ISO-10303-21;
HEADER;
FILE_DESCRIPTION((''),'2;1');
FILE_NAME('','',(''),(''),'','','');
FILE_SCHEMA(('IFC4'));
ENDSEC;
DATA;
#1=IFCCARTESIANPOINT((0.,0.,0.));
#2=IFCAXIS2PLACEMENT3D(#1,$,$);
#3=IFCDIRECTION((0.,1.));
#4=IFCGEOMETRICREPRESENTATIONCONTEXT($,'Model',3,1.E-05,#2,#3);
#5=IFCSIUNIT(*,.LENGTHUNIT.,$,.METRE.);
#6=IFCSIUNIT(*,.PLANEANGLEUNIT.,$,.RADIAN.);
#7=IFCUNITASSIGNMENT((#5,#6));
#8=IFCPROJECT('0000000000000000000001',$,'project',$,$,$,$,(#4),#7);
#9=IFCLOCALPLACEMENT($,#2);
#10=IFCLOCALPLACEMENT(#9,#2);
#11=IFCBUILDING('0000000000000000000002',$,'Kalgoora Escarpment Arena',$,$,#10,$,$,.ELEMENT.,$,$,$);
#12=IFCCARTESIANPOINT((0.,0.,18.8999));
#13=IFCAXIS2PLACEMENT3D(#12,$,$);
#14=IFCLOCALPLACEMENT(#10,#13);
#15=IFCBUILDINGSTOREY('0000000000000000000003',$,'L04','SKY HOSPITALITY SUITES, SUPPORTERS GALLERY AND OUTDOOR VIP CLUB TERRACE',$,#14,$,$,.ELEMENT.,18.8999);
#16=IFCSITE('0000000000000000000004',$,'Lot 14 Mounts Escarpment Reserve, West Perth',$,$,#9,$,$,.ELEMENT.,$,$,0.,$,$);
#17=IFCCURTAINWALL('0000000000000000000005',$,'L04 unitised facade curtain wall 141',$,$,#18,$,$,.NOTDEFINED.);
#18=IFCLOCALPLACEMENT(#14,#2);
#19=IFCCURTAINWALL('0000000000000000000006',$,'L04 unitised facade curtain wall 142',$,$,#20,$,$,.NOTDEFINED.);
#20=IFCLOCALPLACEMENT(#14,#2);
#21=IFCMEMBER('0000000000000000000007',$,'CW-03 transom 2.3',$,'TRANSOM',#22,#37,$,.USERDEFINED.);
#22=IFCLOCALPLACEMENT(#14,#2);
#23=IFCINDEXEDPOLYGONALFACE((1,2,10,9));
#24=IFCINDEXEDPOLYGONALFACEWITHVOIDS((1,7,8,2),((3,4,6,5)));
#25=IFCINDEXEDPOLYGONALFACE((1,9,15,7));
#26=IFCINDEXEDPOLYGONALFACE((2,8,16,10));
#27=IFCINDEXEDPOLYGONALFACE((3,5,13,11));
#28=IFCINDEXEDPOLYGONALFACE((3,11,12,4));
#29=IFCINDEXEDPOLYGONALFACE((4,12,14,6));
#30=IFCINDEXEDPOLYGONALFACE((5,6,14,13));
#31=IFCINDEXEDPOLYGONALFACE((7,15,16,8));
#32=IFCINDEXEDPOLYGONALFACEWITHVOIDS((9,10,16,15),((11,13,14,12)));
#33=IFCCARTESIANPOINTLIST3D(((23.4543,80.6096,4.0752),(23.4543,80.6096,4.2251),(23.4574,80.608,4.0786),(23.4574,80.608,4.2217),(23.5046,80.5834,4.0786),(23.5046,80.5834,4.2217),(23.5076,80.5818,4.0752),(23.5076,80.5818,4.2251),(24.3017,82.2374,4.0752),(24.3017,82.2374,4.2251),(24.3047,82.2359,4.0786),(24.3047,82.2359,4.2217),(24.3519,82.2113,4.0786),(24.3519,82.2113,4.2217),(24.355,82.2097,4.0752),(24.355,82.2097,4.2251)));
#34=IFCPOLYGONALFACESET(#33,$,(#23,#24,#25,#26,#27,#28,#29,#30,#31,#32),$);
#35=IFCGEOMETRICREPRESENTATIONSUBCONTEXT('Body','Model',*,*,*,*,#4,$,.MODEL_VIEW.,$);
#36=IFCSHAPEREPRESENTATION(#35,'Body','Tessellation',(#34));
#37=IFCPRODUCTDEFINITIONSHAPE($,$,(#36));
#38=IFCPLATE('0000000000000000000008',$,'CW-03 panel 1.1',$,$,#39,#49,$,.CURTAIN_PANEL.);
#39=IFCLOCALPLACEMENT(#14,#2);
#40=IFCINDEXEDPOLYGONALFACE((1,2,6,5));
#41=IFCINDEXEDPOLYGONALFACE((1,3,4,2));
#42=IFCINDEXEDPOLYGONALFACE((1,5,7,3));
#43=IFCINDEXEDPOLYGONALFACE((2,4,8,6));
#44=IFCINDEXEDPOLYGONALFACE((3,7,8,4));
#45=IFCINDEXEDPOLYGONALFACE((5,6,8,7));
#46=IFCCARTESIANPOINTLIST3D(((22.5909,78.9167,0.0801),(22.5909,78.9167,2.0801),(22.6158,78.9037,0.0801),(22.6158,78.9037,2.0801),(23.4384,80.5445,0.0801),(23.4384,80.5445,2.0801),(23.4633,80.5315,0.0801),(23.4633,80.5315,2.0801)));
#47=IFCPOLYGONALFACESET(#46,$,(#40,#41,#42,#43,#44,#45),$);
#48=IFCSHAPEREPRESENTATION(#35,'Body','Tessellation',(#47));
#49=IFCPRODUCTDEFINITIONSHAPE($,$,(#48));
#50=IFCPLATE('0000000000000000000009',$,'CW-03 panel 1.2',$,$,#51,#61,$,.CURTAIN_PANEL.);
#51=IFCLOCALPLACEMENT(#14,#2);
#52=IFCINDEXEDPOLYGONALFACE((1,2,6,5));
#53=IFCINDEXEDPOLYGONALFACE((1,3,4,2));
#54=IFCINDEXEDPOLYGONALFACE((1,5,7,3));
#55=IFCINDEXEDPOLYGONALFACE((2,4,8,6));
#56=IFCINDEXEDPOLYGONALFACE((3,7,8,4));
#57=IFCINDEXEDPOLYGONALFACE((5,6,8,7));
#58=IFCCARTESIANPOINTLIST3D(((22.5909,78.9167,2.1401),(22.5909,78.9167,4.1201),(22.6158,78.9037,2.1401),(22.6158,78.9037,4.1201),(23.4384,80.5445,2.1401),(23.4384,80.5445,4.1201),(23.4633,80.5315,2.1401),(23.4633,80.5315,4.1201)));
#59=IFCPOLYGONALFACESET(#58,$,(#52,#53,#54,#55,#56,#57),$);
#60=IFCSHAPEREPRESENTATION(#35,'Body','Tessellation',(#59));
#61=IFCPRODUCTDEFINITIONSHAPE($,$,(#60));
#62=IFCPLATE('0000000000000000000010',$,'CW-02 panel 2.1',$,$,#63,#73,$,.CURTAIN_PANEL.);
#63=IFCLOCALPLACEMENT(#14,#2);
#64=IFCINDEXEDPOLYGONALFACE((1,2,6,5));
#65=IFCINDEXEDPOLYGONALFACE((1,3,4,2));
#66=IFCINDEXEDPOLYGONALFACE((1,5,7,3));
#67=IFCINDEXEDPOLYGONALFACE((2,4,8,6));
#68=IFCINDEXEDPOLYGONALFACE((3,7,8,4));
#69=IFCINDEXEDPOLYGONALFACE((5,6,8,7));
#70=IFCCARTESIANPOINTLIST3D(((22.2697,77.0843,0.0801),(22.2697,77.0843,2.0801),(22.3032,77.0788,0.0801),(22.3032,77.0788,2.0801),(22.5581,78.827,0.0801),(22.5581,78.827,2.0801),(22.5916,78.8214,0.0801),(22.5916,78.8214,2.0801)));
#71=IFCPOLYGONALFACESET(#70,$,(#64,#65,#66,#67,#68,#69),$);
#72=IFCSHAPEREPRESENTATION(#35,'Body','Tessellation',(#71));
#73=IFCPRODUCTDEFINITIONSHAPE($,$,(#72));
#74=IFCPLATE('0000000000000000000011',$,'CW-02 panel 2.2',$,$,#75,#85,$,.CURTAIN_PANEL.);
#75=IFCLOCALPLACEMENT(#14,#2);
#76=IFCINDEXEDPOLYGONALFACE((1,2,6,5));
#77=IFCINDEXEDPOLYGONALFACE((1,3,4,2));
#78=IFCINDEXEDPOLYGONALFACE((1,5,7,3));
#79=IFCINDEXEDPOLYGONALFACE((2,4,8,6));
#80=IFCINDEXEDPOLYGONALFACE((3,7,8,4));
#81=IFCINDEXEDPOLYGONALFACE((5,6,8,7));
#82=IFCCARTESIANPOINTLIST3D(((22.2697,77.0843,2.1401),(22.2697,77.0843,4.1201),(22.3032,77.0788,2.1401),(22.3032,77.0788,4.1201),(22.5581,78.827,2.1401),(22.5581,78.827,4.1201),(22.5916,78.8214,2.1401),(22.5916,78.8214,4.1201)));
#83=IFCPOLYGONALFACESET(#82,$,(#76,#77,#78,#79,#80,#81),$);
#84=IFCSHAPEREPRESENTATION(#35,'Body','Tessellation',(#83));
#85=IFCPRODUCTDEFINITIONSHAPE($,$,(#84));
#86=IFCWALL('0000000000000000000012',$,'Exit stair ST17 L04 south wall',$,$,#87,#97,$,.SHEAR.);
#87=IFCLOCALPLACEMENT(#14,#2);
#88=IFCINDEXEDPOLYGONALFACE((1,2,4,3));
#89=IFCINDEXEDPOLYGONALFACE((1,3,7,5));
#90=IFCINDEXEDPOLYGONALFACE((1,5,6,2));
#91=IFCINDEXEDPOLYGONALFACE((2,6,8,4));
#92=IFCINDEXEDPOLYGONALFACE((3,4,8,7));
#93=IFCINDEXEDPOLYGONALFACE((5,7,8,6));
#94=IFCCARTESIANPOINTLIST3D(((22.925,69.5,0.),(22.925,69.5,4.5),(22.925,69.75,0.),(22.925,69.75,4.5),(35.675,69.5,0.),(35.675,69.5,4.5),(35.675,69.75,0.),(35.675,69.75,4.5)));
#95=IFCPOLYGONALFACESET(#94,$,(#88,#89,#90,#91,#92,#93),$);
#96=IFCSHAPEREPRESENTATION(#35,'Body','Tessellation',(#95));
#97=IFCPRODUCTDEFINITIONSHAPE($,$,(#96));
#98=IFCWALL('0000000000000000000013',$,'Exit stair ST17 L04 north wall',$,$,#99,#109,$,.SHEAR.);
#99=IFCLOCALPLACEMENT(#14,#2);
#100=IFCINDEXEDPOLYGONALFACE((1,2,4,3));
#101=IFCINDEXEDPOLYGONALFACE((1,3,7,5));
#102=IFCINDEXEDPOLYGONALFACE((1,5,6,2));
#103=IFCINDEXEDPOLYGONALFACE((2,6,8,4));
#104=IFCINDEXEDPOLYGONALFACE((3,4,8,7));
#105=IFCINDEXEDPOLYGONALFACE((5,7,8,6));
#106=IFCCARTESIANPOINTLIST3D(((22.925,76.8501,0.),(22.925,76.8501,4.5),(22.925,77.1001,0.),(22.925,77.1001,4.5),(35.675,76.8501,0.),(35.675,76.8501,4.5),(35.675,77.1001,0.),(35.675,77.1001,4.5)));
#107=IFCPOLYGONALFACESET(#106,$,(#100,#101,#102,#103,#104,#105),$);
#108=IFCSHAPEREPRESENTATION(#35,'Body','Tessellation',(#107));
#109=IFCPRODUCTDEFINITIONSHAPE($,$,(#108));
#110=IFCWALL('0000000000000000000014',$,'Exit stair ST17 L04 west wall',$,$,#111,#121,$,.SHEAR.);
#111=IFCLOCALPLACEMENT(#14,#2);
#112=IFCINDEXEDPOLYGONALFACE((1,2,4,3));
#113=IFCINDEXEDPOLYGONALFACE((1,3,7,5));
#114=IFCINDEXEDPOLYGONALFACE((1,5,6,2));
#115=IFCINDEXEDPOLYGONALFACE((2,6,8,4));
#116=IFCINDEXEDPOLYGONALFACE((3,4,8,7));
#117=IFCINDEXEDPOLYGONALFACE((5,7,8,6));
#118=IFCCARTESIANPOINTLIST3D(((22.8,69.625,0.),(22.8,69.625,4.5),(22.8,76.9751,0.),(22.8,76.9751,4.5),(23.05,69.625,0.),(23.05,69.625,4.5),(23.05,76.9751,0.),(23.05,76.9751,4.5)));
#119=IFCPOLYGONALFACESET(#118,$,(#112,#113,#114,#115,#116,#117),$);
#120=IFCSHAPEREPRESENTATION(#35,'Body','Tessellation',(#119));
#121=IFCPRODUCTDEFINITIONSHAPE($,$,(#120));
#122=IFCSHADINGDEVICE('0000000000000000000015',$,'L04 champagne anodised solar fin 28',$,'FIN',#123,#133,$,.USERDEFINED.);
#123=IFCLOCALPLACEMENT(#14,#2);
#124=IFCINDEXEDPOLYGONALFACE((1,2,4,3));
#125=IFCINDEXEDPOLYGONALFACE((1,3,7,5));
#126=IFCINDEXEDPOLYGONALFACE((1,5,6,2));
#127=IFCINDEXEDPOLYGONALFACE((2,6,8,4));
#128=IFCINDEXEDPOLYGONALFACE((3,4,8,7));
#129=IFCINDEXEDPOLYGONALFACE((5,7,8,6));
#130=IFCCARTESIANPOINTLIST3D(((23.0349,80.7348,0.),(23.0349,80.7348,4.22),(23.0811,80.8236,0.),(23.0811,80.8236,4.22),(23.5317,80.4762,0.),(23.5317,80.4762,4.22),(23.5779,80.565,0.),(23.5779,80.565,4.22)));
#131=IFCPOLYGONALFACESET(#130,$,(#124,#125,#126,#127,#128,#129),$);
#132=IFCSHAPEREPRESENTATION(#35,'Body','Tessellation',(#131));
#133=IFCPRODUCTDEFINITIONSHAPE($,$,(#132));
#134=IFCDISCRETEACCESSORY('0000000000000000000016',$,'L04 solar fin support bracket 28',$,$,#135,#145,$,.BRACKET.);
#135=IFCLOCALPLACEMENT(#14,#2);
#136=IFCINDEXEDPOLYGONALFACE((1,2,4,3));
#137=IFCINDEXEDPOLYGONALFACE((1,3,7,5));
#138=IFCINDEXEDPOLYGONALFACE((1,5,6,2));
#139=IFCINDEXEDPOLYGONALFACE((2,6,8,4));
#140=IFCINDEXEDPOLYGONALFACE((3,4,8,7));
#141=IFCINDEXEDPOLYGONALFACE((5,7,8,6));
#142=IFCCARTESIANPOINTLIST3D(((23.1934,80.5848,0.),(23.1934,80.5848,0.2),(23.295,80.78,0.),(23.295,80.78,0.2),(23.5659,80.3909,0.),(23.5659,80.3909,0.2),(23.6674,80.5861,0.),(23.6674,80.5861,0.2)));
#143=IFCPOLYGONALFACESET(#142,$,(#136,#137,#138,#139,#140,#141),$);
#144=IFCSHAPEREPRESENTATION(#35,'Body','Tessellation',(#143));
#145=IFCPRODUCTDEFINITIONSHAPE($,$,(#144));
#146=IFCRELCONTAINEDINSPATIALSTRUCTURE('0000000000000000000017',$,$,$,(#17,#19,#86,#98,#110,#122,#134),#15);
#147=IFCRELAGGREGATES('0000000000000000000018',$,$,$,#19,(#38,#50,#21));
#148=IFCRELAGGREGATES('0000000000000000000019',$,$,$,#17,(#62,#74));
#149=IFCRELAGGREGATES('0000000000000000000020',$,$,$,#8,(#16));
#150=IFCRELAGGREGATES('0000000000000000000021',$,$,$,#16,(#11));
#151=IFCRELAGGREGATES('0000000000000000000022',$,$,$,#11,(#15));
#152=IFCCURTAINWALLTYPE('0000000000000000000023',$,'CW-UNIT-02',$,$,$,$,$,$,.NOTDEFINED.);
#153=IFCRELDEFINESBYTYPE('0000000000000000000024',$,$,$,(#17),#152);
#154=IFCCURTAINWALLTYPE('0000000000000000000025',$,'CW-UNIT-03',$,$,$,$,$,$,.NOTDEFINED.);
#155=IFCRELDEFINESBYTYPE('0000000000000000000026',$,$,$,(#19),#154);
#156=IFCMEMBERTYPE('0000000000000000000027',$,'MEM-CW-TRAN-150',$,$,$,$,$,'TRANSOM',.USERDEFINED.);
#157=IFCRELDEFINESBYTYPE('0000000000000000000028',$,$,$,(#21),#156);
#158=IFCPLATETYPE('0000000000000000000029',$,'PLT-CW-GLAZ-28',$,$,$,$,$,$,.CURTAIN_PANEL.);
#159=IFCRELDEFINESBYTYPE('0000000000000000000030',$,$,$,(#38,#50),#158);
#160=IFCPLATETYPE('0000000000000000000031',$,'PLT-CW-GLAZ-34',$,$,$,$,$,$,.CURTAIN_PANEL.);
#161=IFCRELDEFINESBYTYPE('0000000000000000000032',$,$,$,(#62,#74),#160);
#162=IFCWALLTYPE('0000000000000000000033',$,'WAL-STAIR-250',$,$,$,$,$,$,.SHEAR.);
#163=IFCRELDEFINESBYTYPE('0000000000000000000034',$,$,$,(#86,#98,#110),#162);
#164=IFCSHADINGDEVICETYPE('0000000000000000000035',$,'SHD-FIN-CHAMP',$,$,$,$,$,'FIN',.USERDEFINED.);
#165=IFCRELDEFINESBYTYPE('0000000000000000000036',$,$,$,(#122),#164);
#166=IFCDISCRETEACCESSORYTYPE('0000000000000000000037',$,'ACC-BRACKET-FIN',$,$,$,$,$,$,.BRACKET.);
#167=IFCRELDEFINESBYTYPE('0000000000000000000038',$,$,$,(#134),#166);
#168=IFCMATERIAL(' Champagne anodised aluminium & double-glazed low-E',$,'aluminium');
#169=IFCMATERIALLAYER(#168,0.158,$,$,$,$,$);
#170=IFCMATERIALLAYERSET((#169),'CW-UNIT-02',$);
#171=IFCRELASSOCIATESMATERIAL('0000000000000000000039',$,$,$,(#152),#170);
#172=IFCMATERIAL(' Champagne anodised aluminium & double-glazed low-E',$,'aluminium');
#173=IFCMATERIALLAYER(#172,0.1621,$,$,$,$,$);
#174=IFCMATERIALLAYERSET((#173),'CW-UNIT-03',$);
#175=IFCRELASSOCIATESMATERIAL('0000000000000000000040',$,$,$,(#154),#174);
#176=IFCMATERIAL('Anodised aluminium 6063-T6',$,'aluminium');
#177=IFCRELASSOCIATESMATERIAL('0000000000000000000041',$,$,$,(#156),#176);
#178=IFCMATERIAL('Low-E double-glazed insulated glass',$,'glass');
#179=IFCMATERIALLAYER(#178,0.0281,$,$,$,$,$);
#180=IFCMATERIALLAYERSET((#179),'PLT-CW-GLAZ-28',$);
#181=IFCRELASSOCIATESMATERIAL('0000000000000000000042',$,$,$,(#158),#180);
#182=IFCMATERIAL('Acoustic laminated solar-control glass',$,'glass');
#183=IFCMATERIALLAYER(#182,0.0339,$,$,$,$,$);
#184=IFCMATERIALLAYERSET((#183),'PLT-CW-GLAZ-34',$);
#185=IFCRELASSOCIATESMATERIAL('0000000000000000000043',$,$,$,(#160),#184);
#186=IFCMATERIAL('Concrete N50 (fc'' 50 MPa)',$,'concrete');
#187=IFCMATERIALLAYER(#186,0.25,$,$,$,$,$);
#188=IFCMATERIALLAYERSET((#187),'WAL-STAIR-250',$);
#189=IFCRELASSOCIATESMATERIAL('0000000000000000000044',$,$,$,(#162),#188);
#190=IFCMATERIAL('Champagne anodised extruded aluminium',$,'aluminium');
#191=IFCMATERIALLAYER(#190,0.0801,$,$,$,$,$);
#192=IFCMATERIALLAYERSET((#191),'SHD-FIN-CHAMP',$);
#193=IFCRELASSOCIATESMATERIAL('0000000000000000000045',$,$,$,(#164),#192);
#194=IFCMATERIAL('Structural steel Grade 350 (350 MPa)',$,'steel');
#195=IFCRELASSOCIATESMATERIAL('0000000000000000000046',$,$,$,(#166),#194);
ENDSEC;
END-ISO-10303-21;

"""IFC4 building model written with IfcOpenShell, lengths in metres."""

from ifc_helpers import new_model, si_unit, direction, frame, frame_2d, origin, origin_2d, place, context, subcontext, project, spatial, rectangle, hollow_rectangle, extrude, material, layer, layer_set, material_profile, profile_set, type_object, element, aggregate, save


model = new_model("IFC4")

# Units and contexts
model_context = context("Model", 3, precision=1e-05, world=origin(), true_north=direction((0.0, 1.0)))
body_context = subcontext(model_context, "Body", "Model", "MODEL_VIEW")
ifc_project = project(units=[si_unit("LENGTHUNIT", "METRE"), si_unit("PLANEANGLEUNIT", "RADIAN")], contexts=[model_context])

# Site, building, storey
site_placement = place(None, origin())
site = spatial("IfcSite", under=ifc_project, at=site_placement, Name="Lot 14 Mounts Escarpment Reserve, West Perth", CompositionType="ELEMENT", RefElevation=0.0)
building_placement = place(site_placement, origin())
building = spatial("IfcBuilding", under=site, at=building_placement, Name="Kalgoora Escarpment Arena", CompositionType="ELEMENT")
storey_placement = place(building_placement, frame((0.0, 0.0, 18.8999)))
storey = spatial("IfcBuildingStorey", under=building, at=storey_placement, Name="L04", Description="SKY HOSPITALITY SUITES, SUPPORTERS GALLERY AND OUTDOOR VIP CLUB TERRACE", CompositionType="ELEMENT", Elevation=18.8999)

# Curtain wall
ifc_material_1 = material(Name=" Champagne anodised aluminium & double-glazed low-E", Category="aluminium")
ifc_layer_1 = layer(ifc_material_1, 0.158)
ifc_layer_set_1 = layer_set([ifc_layer_1], Name="CW-UNIT-02")
curtain_wall_type_1 = type_object("IfcCurtainWallType", Name="CW-UNIT-02", PredefinedType="NOTDEFINED", material=ifc_layer_set_1)
curtain_wall_1_placement = place(storey_placement, origin())
curtain_wall_1 = element("IfcCurtainWall", 1, at=curtain_wall_1_placement, inside=storey, type_object=curtain_wall_type_1, Name="L04 unitised facade curtain wall 141", PredefinedType="NOTDEFINED")

# Curtain wall, member, plates
ifc_material_2 = material(Name=" Champagne anodised aluminium & double-glazed low-E", Category="aluminium")
ifc_layer_2 = layer(ifc_material_2, 0.1621)
ifc_layer_set_2 = layer_set([ifc_layer_2], Name="CW-UNIT-03")
curtain_wall_type_2 = type_object("IfcCurtainWallType", Name="CW-UNIT-03", PredefinedType="NOTDEFINED", material=ifc_layer_set_2)
curtain_wall_2_placement = place(storey_placement, origin())
curtain_wall_2 = element("IfcCurtainWall", 2, at=curtain_wall_2_placement, inside=storey, type_object=curtain_wall_type_2, Name="L04 unitised facade curtain wall 142", PredefinedType="NOTDEFINED")
ifc_material_3 = material(Name="Anodised aluminium 6063-T6", Category="aluminium")
ifc_material_profile_1 = material_profile(ifc_material_3, hollow_rectangle(XDim=0.0601, YDim=0.1499, WallThickness=0.0034, at=origin_2d()))
ifc_profile_set_1 = profile_set([ifc_material_profile_1], Name="Anodised aluminium 6063-T6")
member_type_1 = type_object("IfcMemberType", Name="MEM-CW-TRAN-150", ElementType="TRANSOM", PredefinedType="USERDEFINED", material=ifc_profile_set_1)
member_1_placement = place(storey_placement, frame((23.481, 80.5957, 4.1501), z_axis=(0.461734, 0.887019, 0.0), x_axis=(-0.887019, 0.461734, 0.0)))
member_1 = element("IfcMember", 3, at=member_1_placement, type_object=member_type_1, Name="CW-03 transom 2.3", ObjectType="TRANSOM", PredefinedType="USERDEFINED", context=body_context, shape_type="SweptSolid", body=[
    extrude(hollow_rectangle(XDim=0.0601, YDim=0.1499, WallThickness=0.0034, at=origin_2d()), origin(), (0.0, 0.0, 1.0), 1.8352),
])
ifc_material_4 = material(Name="Low-E double-glazed insulated glass", Category="glass")
ifc_layer_3 = layer(ifc_material_4, 0.0281)
ifc_layer_set_3 = layer_set([ifc_layer_3], Name="PLT-CW-GLAZ-28")
plate_type_1 = type_object("IfcPlateType", Name="PLT-CW-GLAZ-28", PredefinedType="CURTAIN_PANEL", material=ifc_layer_set_3)
plate_1_placement = place(storey_placement, frame((23.0271, 79.7241, 0.0801), z_axis=(0.0, 0.0, 1.0), x_axis=(0.461806, 0.886981, 0.0)))
plate_1 = element("IfcPlate", 4, at=plate_1_placement, type_object=plate_type_1, Name="CW-03 panel 1.1", PredefinedType="CURTAIN_PANEL", context=body_context, shape_type="SweptSolid", body=[
    extrude(rectangle(XDim=1.8352, YDim=0.0281, at=origin_2d()), origin(), (0.0, 0.0, 1.0), 2.0),
])
plate_2_placement = place(storey_placement, frame((23.0271, 79.7241, 2.1401), z_axis=(0.0, 0.0, 1.0), x_axis=(0.461806, 0.886981, 0.0)))
plate_2 = element("IfcPlate", 5, at=plate_2_placement, type_object=plate_type_1, Name="CW-03 panel 1.2", PredefinedType="CURTAIN_PANEL", context=body_context, shape_type="SweptSolid", body=[
    extrude(rectangle(XDim=1.8352, YDim=0.0281, at=origin_2d()), origin(), (0.0, 0.0, 1.0), 1.98),
])
aggregate(curtain_wall_2, [plate_1, plate_2, member_1])

# Plates
ifc_material_5 = material(Name="Acoustic laminated solar-control glass", Category="glass")
ifc_layer_4 = layer(ifc_material_5, 0.0339)
ifc_layer_set_4 = layer_set([ifc_layer_4], Name="PLT-CW-GLAZ-34")
plate_type_2 = type_object("IfcPlateType", Name="PLT-CW-GLAZ-34", PredefinedType="CURTAIN_PANEL", material=ifc_layer_set_4)
plate_3_placement = place(storey_placement, frame((22.4307, 77.9529, 0.0801), z_axis=(0.0, 0.0, 1.0), x_axis=(0.163263, 0.986583, 0.0)))
plate_3 = element("IfcPlate", 6, at=plate_3_placement, type_object=plate_type_2, Name="CW-02 panel 2.1", PredefinedType="CURTAIN_PANEL", context=body_context, shape_type="SweptSolid", body=[
    extrude(rectangle(XDim=1.7664, YDim=0.0339, at=origin_2d()), origin(), (0.0, 0.0, 1.0), 2.0),
])
plate_4_placement = place(storey_placement, frame((22.4307, 77.9529, 2.1401), z_axis=(0.0, 0.0, 1.0), x_axis=(0.163263, 0.986583, 0.0)))
plate_4 = element("IfcPlate", 7, at=plate_4_placement, type_object=plate_type_2, Name="CW-02 panel 2.2", PredefinedType="CURTAIN_PANEL", context=body_context, shape_type="SweptSolid", body=[
    extrude(rectangle(XDim=1.7664, YDim=0.0339, at=origin_2d()), origin(), (0.0, 0.0, 1.0), 1.98),
])
aggregate(curtain_wall_1, [plate_3, plate_4])

# Walls
ifc_material_6 = material(Name="Concrete N50 (fc' 50 MPa)", Category="concrete")
ifc_layer_5 = layer(ifc_material_6, 0.25)
ifc_layer_set_5 = layer_set([ifc_layer_5], Name="WAL-STAIR-250")
wall_type = type_object("IfcWallType", Name="WAL-STAIR-250", PredefinedType="SHEAR", material=ifc_layer_set_5)
for number, where, z_axis, x_axis, name in (
    (8, (22.925, 69.625, 0.0), (0.0, 0.0, 1.0), (1.0, 0.0, 0.0), "Exit stair ST17 L04 south wall"),
    (9, (22.925, 76.9751, 0.0), (0.0, 0.0, 1.0), (1.0, 0.0, 0.0), "Exit stair ST17 L04 north wall"),
):
    element("IfcWall", number, at=place(storey_placement, frame(where, z_axis=z_axis, x_axis=x_axis)), inside=storey, type_object=wall_type, Name=name, PredefinedType="SHEAR", context=body_context, shape_type="SweptSolid", body=[
        extrude(rectangle(XDim=12.75, YDim=0.25, at=frame_2d((6.375, 0.0))), origin(), (0.0, 0.0, 1.0), 4.5),
    ])
wall_placement = place(storey_placement, frame((22.925, 69.625, 0.0), z_axis=(0.0, 0.0, 1.0), x_axis=(0.0, 1.0, 0.0)))
element("IfcWall", 10, at=wall_placement, inside=storey, type_object=wall_type, Name="Exit stair ST17 L04 west wall", PredefinedType="SHEAR", context=body_context, shape_type="SweptSolid", body=[
    extrude(rectangle(XDim=7.3501, YDim=0.25, at=frame_2d((3.675, 0.0))), origin(), (0.0, 0.0, 1.0), 4.5),
])

# Shading device
ifc_material_7 = material(Name="Champagne anodised extruded aluminium", Category="aluminium")
ifc_layer_6 = layer(ifc_material_7, 0.0801)
ifc_layer_set_6 = layer_set([ifc_layer_6], Name="SHD-FIN-CHAMP")
shading_device_type = type_object("IfcShadingDeviceType", Name="SHD-FIN-CHAMP", ElementType="FIN", PredefinedType="USERDEFINED", material=ifc_layer_set_6)
shading_device_placement = place(storey_placement, frame((23.3064, 80.6499, 0.0), z_axis=(0.0, 0.0, 1.0), x_axis=(-0.887011, 0.461749, 0.0)))
element("IfcShadingDevice", 11, at=shading_device_placement, inside=storey, type_object=shading_device_type, Name="L04 champagne anodised solar fin 28", ObjectType="FIN", PredefinedType="USERDEFINED", context=body_context, shape_type="SweptSolid", body=[
    extrude(rectangle(XDim=0.5601, YDim=0.1001, at=origin_2d()), origin(), (0.0, 0.0, 1.0), 4.22),
])

# Discrete accessory
ifc_material_8 = material(Name="Structural steel Grade 350 (350 MPa)", Category="steel")
discrete_accessory_type = type_object("IfcDiscreteAccessoryType", Name="ACC-BRACKET-FIN", PredefinedType="BRACKET", material=ifc_material_8)
discrete_accessory_placement = place(storey_placement, frame((23.4304, 80.5854, 0.0), z_axis=(0.0, 0.0, 1.0), x_axis=(-0.887011, 0.461749, 0.0)))
element("IfcDiscreteAccessory", 12, at=discrete_accessory_placement, inside=storey, type_object=discrete_accessory_type, Name="L04 solar fin support bracket 28", PredefinedType="BRACKET", context=body_context, shape_type="SweptSolid", body=[
    extrude(rectangle(XDim=0.4199, YDim=0.22, at=origin_2d()), origin(), (0.0, 0.0, 1.0), 0.2),
])

save(model, "model.ifc")
